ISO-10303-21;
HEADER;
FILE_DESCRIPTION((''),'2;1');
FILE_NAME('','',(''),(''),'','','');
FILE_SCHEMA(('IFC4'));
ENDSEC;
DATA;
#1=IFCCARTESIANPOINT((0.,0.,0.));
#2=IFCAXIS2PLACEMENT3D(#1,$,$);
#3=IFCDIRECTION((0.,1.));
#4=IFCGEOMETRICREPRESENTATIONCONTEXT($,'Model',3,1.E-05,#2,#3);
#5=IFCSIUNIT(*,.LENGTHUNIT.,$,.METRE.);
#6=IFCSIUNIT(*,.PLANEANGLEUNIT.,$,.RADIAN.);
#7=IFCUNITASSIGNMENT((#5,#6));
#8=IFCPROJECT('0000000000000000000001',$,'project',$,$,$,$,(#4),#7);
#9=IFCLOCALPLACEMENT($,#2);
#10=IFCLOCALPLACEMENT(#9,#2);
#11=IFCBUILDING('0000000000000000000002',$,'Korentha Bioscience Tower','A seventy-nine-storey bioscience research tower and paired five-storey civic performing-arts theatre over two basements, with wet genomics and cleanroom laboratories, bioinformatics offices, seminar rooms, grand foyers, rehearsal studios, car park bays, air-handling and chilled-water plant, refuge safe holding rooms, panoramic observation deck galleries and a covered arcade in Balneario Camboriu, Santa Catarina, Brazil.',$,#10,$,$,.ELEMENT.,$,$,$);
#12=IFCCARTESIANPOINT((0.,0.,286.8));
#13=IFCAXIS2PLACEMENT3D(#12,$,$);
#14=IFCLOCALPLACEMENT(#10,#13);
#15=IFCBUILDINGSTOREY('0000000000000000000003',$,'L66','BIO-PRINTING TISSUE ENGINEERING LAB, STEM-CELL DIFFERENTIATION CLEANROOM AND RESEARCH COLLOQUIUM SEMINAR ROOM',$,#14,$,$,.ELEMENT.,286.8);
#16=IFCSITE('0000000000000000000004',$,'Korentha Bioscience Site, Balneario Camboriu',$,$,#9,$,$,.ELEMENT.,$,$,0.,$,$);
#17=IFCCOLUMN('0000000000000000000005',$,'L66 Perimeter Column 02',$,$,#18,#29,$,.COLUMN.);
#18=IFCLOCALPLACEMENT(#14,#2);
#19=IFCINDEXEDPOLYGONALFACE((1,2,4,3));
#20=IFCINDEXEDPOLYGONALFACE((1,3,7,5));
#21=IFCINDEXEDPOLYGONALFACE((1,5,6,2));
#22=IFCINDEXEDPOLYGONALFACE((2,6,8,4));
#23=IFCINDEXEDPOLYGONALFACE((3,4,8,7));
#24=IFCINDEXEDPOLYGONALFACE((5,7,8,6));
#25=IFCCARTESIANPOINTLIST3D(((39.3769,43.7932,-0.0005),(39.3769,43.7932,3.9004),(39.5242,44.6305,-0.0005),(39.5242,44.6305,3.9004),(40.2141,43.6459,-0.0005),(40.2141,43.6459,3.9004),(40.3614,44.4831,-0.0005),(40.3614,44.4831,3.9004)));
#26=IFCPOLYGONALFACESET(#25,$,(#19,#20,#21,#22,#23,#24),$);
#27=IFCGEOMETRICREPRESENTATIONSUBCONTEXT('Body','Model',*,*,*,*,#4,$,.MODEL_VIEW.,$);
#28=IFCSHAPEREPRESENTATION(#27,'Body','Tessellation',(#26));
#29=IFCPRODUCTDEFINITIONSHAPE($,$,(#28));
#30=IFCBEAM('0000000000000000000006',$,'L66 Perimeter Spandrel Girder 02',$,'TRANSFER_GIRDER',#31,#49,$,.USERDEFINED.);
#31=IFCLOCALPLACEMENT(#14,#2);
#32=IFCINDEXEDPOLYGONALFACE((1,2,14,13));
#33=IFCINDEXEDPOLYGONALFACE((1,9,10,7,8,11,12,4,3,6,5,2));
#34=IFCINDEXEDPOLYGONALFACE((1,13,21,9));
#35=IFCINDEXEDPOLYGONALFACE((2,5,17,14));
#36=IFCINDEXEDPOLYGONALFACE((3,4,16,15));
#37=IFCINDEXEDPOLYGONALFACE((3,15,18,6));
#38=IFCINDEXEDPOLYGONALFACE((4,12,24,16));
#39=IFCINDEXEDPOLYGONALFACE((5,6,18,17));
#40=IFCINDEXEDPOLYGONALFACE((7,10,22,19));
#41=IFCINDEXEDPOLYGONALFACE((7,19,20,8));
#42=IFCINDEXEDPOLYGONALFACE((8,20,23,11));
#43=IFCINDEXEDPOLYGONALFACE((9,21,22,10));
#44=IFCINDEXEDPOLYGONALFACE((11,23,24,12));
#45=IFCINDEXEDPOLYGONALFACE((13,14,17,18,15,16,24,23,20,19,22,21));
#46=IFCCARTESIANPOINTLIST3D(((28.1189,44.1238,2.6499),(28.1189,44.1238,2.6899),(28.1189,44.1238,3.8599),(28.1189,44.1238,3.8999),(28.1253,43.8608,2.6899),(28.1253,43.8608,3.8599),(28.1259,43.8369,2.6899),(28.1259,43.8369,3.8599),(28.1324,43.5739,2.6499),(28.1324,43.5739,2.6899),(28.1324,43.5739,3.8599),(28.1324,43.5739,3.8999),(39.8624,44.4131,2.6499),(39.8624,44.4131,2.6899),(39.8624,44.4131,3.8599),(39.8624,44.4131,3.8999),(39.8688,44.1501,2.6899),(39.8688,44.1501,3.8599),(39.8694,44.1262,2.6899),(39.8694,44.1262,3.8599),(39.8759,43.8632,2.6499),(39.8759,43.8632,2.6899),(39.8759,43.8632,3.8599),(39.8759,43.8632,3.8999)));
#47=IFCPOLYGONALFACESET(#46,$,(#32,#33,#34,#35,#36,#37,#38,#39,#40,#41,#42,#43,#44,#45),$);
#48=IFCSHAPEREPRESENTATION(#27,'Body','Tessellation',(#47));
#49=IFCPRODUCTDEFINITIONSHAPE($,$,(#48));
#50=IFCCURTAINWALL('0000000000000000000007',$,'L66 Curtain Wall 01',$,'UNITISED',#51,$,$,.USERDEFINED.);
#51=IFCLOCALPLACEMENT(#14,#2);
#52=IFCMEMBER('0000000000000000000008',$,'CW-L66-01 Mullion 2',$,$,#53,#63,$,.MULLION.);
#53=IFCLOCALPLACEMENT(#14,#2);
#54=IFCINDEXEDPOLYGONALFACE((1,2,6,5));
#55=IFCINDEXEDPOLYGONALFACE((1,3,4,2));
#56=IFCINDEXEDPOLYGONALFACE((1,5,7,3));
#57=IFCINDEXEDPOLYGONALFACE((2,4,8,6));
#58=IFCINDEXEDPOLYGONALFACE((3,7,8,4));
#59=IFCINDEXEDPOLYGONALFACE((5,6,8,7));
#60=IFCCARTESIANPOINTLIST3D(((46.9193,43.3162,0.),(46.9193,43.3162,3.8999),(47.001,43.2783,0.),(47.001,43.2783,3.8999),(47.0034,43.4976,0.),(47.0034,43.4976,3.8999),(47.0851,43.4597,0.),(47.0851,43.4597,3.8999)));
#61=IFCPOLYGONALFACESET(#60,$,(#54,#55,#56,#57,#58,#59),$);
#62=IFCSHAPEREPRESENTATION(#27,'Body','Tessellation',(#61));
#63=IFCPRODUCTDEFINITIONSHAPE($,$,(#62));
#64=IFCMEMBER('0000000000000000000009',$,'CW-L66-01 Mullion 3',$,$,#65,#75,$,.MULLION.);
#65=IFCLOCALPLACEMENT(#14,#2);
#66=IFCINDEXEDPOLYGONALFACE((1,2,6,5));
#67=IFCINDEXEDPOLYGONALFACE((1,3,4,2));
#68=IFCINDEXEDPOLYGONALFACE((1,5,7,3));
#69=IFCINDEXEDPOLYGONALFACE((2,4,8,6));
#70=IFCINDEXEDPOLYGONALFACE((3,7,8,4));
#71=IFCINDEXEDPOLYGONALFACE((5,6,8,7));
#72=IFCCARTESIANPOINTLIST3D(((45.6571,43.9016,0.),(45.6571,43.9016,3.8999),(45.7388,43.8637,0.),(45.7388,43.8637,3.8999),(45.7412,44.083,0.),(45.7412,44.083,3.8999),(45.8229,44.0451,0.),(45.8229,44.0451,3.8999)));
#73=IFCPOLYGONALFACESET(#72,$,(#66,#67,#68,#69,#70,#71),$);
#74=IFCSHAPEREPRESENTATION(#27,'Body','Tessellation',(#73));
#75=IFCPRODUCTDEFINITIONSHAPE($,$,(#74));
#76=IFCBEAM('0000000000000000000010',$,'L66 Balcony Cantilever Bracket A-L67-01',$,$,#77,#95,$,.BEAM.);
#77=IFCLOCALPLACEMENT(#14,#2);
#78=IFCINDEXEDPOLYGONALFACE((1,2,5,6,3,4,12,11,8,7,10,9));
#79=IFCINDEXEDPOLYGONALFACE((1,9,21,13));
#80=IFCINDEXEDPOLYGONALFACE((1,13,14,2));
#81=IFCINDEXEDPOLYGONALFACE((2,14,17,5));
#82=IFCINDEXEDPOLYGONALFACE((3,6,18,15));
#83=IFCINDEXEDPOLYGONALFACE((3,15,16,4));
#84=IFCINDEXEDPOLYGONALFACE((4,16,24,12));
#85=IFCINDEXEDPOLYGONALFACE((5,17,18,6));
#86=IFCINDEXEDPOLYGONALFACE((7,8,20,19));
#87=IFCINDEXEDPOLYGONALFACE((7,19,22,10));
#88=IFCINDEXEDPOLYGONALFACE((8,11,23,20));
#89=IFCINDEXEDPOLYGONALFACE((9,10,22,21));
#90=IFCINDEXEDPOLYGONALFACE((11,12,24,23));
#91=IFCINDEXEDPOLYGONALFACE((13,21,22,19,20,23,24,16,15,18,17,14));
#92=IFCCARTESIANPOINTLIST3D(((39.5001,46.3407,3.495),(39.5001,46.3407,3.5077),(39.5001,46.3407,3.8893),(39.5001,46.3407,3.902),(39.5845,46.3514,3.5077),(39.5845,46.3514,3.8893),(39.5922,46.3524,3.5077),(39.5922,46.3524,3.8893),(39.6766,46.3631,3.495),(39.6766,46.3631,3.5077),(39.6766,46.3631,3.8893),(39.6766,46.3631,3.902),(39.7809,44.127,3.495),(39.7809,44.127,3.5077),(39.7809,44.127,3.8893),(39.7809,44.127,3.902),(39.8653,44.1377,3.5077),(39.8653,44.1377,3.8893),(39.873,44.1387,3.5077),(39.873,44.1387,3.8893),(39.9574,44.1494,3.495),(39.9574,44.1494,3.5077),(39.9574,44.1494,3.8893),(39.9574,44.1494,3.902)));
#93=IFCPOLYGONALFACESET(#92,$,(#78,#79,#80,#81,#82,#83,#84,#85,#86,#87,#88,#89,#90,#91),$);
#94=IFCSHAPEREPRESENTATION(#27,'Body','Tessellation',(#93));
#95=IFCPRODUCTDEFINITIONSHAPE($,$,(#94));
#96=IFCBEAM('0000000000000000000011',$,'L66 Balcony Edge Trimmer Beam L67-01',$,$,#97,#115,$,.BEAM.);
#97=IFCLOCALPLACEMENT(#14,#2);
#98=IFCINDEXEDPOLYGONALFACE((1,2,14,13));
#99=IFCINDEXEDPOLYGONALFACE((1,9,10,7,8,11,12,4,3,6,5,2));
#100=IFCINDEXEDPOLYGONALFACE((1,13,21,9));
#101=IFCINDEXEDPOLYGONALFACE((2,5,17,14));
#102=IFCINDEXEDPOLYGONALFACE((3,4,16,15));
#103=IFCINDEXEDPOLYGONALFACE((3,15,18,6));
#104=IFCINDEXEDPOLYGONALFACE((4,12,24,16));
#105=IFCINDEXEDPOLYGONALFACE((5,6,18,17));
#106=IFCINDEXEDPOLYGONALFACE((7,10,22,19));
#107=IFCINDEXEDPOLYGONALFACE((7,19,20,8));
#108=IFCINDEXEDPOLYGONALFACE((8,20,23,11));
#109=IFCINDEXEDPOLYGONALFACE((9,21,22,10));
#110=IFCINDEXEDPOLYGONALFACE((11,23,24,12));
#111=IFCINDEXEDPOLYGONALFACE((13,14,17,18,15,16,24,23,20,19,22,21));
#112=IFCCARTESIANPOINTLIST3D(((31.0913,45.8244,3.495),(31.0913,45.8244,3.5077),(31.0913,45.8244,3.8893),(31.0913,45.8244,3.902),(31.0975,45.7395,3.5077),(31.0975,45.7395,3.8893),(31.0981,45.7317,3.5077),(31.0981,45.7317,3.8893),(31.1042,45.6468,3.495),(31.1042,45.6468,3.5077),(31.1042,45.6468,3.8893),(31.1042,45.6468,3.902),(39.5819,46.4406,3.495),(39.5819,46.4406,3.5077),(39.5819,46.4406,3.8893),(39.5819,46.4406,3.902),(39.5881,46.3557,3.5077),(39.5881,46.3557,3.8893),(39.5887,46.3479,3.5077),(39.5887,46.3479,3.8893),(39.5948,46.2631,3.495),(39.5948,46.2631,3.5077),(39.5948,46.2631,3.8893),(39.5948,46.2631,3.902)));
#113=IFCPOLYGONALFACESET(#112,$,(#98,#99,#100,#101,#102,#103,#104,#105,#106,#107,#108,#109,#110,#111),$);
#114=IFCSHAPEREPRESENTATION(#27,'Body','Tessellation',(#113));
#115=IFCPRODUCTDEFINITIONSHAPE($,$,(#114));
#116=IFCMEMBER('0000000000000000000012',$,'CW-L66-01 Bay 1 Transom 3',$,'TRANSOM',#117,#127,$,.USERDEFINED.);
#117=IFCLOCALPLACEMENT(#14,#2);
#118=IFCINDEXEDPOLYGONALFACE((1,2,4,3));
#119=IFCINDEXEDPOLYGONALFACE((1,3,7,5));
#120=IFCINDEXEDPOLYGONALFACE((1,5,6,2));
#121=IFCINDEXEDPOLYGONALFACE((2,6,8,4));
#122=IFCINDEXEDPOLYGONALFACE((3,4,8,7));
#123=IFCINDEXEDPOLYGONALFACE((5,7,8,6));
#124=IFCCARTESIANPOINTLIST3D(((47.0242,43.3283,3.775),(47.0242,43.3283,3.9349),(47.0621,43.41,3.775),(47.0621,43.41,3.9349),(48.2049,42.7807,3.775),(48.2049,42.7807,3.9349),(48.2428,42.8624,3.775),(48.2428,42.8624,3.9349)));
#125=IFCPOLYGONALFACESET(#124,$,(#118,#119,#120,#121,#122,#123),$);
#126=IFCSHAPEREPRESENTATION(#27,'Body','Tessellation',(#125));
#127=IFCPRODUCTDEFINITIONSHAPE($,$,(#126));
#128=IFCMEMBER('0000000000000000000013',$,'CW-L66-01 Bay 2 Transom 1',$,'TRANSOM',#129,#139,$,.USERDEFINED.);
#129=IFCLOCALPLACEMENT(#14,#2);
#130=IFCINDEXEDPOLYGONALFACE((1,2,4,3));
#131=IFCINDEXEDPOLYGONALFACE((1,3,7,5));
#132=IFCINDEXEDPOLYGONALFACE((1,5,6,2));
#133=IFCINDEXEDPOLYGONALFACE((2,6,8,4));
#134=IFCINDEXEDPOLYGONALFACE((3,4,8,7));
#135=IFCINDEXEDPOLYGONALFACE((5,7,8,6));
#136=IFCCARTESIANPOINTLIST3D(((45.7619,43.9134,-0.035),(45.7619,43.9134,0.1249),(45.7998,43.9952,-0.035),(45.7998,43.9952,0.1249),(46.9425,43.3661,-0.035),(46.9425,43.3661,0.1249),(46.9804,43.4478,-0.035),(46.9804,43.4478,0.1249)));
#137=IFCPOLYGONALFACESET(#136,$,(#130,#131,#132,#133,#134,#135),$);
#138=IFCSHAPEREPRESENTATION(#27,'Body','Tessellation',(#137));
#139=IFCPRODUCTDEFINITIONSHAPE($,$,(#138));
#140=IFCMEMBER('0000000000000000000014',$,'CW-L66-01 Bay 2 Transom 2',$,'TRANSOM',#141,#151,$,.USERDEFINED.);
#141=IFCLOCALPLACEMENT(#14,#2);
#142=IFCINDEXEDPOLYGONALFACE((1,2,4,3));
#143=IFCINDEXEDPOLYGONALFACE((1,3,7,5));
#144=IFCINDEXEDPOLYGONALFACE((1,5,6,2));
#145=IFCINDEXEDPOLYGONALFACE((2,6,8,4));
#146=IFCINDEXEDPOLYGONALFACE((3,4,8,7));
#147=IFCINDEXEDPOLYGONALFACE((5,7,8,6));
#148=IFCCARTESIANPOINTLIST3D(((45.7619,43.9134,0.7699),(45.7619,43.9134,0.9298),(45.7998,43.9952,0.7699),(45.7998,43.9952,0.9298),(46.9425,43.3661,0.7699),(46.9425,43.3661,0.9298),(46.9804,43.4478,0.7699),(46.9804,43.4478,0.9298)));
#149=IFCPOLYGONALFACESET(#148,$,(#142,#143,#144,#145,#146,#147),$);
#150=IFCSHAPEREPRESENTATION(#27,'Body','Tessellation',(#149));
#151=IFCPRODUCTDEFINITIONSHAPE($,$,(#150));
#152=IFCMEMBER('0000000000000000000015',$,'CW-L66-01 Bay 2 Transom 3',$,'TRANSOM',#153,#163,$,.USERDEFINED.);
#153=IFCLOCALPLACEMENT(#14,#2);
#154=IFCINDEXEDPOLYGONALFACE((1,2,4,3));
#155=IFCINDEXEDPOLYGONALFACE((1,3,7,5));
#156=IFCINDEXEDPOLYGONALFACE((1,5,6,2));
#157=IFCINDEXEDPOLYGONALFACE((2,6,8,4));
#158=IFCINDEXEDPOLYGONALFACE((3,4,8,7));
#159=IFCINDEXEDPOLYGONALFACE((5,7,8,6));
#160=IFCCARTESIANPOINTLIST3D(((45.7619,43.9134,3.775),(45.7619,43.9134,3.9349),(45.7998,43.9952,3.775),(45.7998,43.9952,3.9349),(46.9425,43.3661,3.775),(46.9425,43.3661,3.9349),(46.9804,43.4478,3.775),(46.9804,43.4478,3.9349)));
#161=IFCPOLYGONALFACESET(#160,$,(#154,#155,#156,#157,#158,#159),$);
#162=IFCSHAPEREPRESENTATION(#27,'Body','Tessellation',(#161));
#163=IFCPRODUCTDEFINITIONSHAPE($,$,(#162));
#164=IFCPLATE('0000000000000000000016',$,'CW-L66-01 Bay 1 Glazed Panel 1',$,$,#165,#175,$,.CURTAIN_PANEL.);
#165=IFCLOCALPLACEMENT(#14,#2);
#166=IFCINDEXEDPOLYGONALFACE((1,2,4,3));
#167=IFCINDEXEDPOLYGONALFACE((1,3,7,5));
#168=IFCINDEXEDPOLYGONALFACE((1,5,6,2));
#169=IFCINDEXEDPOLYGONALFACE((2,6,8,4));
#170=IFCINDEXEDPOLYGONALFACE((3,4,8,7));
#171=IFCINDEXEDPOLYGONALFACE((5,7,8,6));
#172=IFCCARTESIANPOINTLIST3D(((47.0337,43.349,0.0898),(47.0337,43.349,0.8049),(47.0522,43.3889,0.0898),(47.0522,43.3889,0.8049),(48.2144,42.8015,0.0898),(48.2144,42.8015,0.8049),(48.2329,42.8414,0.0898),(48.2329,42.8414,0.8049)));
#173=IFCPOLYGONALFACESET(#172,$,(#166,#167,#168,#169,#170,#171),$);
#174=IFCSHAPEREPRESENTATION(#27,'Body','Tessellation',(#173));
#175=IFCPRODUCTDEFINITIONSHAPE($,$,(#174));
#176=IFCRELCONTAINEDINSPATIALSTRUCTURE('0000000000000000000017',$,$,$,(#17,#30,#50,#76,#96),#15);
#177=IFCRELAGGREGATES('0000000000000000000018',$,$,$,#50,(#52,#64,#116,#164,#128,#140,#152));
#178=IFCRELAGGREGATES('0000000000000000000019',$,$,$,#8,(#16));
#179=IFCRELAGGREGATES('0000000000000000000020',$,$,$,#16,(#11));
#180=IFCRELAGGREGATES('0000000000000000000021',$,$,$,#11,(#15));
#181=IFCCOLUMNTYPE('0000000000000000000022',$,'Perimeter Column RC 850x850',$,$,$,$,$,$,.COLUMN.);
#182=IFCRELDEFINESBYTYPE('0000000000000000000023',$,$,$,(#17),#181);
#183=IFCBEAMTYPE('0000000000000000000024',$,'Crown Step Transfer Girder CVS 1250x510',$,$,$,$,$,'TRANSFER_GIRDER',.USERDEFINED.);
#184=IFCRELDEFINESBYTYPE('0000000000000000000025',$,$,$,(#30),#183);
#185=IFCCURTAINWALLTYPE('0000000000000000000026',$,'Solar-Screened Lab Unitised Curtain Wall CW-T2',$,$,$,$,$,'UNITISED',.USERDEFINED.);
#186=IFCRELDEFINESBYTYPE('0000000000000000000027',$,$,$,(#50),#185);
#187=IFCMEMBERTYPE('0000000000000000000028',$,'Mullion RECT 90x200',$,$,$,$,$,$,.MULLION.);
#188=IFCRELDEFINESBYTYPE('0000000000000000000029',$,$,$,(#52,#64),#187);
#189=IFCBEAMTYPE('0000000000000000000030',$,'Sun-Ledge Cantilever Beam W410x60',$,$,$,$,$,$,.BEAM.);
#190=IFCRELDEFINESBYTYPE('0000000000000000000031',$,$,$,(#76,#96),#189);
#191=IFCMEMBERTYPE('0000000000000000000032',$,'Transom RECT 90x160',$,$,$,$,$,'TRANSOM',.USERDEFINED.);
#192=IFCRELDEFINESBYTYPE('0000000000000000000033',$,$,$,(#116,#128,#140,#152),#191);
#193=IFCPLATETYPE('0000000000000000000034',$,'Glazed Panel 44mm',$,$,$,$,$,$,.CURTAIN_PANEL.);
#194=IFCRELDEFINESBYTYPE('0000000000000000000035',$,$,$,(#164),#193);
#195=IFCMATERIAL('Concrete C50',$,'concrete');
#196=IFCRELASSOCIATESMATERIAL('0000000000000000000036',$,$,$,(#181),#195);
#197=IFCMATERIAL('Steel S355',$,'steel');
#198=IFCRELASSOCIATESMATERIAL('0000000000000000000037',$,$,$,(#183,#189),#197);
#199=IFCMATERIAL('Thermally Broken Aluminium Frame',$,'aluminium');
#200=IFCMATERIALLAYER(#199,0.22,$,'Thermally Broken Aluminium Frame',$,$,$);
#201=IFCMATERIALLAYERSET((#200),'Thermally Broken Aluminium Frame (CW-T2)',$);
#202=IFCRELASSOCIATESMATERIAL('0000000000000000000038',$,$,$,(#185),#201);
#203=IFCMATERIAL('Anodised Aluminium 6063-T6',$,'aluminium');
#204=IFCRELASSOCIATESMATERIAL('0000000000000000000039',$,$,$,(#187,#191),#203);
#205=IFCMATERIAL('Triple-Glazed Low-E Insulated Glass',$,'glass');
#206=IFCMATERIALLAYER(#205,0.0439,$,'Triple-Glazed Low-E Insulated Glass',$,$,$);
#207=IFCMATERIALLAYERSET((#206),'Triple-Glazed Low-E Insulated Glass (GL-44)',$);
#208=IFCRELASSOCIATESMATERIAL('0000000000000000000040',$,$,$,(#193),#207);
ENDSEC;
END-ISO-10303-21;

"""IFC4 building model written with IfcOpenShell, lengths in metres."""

from ifc_helpers import new_model, si_unit, direction, frame, origin, origin_2d, place, context, subcontext, project, spatial, rectangle, i_section, extrude, material, layer, layer_set, material_profile, profile_set, type_object, element, aggregate, save


model = new_model("IFC4")

# Units and contexts
model_context = context("Model", 3, precision=1e-05, world=origin(), true_north=direction((0.0, 1.0)))
body_context = subcontext(model_context, "Body", "Model", "MODEL_VIEW")
ifc_project = project(units=[si_unit("LENGTHUNIT", "METRE"), si_unit("PLANEANGLEUNIT", "RADIAN")], contexts=[model_context])

# Site, building, storey
site_placement = place(None, origin())
site = spatial("IfcSite", under=ifc_project, at=site_placement, Name="Korentha Bioscience Site, Balneario Camboriu", CompositionType="ELEMENT", RefElevation=0.0)
building_placement = place(site_placement, origin())
building = spatial("IfcBuilding", under=site, at=building_placement, Name="Korentha Bioscience Tower", Description="A seventy-nine-storey bioscience research tower and paired five-storey civic performing-arts theatre over two basements, with wet genomics and cleanroom laboratories, bioinformatics offices, seminar rooms, grand foyers, rehearsal studios, car park bays, air-handling and chilled-water plant, refuge safe holding rooms, panoramic observation deck galleries and a covered arcade in Balneario Camboriu, Santa Catarina, Brazil.", CompositionType="ELEMENT")
storey_placement = place(building_placement, frame((0.0, 0.0, 286.8)))
storey = spatial("IfcBuildingStorey", under=building, at=storey_placement, Name="L66", Description="BIO-PRINTING TISSUE ENGINEERING LAB, STEM-CELL DIFFERENTIATION CLEANROOM AND RESEARCH COLLOQUIUM SEMINAR ROOM", CompositionType="ELEMENT", Elevation=286.8)

# Column
ifc_material_1 = material(Name="Concrete C50", Category="concrete")
ifc_material_profile_1 = material_profile(ifc_material_1, rectangle(XDim=0.8501, YDim=0.8501, at=origin_2d()), Name="Concrete C50")
ifc_profile_set_1 = profile_set([ifc_material_profile_1], Name="Concrete C50 (COL-P08)")
column_type = type_object("IfcColumnType", Name="Perimeter Column RC 850x850", PredefinedType="COLUMN", material=ifc_profile_set_1)
column_placement = place(storey_placement, frame((39.8691, 44.1382, -0.0005), z_axis=(0.0, 0.0, 1.0), x_axis=(-0.984868, 0.173304, 0.0)))
element("IfcColumn", 1, at=column_placement, inside=storey, type_object=column_type, Name="L66 Perimeter Column 02", PredefinedType="COLUMN", context=body_context, shape_type="SweptSolid", body=[
    extrude(rectangle(XDim=0.8501, YDim=0.8501, at=origin_2d()), origin(), (0.0, 0.0, 1.0), 3.9009),
])

# Beam
ifc_material_2 = material(Name="Steel S355", Category="steel")
ifc_material_profile_2 = material_profile(ifc_material_2, i_section(OverallWidth=0.55, OverallDepth=1.25, WebThickness=0.0239, FlangeThickness=0.04, at=origin_2d()), Name="Steel S355")
ifc_profile_set_2 = profile_set([ifc_material_profile_2], Name="Steel S355 (TG-03)")
beam_type_1 = type_object("IfcBeamType", Name="Crown Step Transfer Girder CVS 1250x510", ElementType="TRANSFER_GIRDER", PredefinedType="USERDEFINED", material=ifc_profile_set_2)
beam_1_placement = place(storey_placement, frame((39.8691, 44.1382, 3.2749), z_axis=(-0.999697, -0.024628, 0.0), x_axis=(0.024628, -0.999697, 0.0)))
element("IfcBeam", 2, at=beam_1_placement, inside=storey, type_object=beam_type_1, Name="L66 Perimeter Spandrel Girder 02", ObjectType="TRANSFER_GIRDER", PredefinedType="USERDEFINED", context=body_context, shape_type="SweptSolid", body=[
    extrude(i_section(OverallWidth=0.55, OverallDepth=1.25, WebThickness=0.0239, FlangeThickness=0.04, at=origin_2d()), origin(), (0.0, 0.0, 1.0), 11.7471),
])

# Curtain wall, members
ifc_material_3 = material(Name="Thermally Broken Aluminium Frame", Category="aluminium")
ifc_layer_1 = layer(ifc_material_3, 0.22, Name="Thermally Broken Aluminium Frame")
ifc_layer_set_1 = layer_set([ifc_layer_1], Name="Thermally Broken Aluminium Frame (CW-T2)")
curtain_wall_type = type_object("IfcCurtainWallType", Name="Solar-Screened Lab Unitised Curtain Wall CW-T2", ElementType="UNITISED", PredefinedType="USERDEFINED", material=ifc_layer_set_1)
curtain_wall_placement = place(storey_placement, origin())
curtain_wall = element("IfcCurtainWall", 3, at=curtain_wall_placement, inside=storey, type_object=curtain_wall_type, Name="L66 Curtain Wall 01", ObjectType="UNITISED", PredefinedType="USERDEFINED")
ifc_material_4 = material(Name="Anodised Aluminium 6063-T6", Category="aluminium")
ifc_material_profile_3 = material_profile(ifc_material_4, rectangle(XDim=0.0901, YDim=0.2, at=origin_2d()), Name="Anodised Aluminium 6063-T6")
ifc_profile_set_3 = profile_set([ifc_material_profile_3], Name="Anodised Aluminium 6063-T6 (CW-MUL)")
member_type_1 = type_object("IfcMemberType", Name="Mullion RECT 90x200", PredefinedType="MULLION", material=ifc_profile_set_3)
member_1_placement = place(storey_placement, frame((47.0022, 43.3879, 0.0), z_axis=(0.0, 0.0, 1.0), x_axis=(-0.907204, 0.420691, 0.0)))
member_1 = element("IfcMember", 4, at=member_1_placement, type_object=member_type_1, Name="CW-L66-01 Mullion 2", PredefinedType="MULLION", context=body_context, shape_type="SweptSolid", body=[
    extrude(rectangle(XDim=0.0901, YDim=0.2, at=origin_2d()), origin(), (0.0, 0.0, 1.0), 3.8999),
])
member_2_placement = place(storey_placement, frame((45.74, 43.9734, 0.0), z_axis=(0.0, 0.0, 1.0), x_axis=(-0.907204, 0.420691, 0.0)))
member_2 = element("IfcMember", 5, at=member_2_placement, type_object=member_type_1, Name="CW-L66-01 Mullion 3", PredefinedType="MULLION", context=body_context, shape_type="SweptSolid", body=[
    extrude(rectangle(XDim=0.0901, YDim=0.2, at=origin_2d()), origin(), (0.0, 0.0, 1.0), 3.8999),
])

# Beams
ifc_material_profile_4 = material_profile(ifc_material_2, i_section(OverallWidth=0.178, OverallDepth=0.407, WebThickness=0.0078, FlangeThickness=0.0127, at=origin_2d()), Name="Steel S355")
ifc_profile_set_4 = profile_set([ifc_material_profile_4], Name="Steel S355 (CB-410)")
beam_type_2 = type_object("IfcBeamType", Name="Sun-Ledge Cantilever Beam W410x60", PredefinedType="BEAM", material=ifc_profile_set_4)
beam_2_placement = place(storey_placement, frame((39.8691, 44.1382, 3.6985), z_axis=(-0.125826, 0.992052, 0.0), x_axis=(-0.992052, -0.125826, 0.0)))
element("IfcBeam", 6, at=beam_2_placement, inside=storey, type_object=beam_type_2, Name="L66 Balcony Cantilever Bracket A-L67-01", PredefinedType="BEAM", context=body_context, shape_type="SweptSolid", body=[
    extrude(i_section(OverallWidth=0.178, OverallDepth=0.407, WebThickness=0.0078, FlangeThickness=0.0127, at=origin_2d()), origin(), (0.0, 0.0, 1.0), 2.2314),
])
beam_3_placement = place(storey_placement, frame((39.5884, 46.3518, 3.6985), z_axis=(-0.997377, -0.072384, 0.0), x_axis=(0.072384, -0.997377, 0.0)))
element("IfcBeam", 7, at=beam_3_placement, inside=storey, type_object=beam_type_2, Name="L66 Balcony Edge Trimmer Beam L67-01", PredefinedType="BEAM", context=body_context, shape_type="SweptSolid", body=[
    extrude(i_section(OverallWidth=0.178, OverallDepth=0.407, WebThickness=0.0078, FlangeThickness=0.0127, at=origin_2d()), origin(), (0.0, 0.0, 1.0), 8.5129),
])

# Members
ifc_material_profile_5 = material_profile(ifc_material_4, rectangle(XDim=0.0901, YDim=0.1599, at=origin_2d()), Name="Anodised Aluminium 6063-T6")
ifc_profile_set_5 = profile_set([ifc_material_profile_5], Name="Anodised Aluminium 6063-T6 (CW-TRN)")
member_type_2 = type_object("IfcMemberType", Name="Transom RECT 90x160", ElementType="TRANSOM", PredefinedType="USERDEFINED", material=ifc_profile_set_5)
member_3_placement = place(storey_placement, frame((48.2239, 42.8215, 3.855), z_axis=(-0.907173, 0.420759, 0.0), x_axis=(-0.420759, -0.907173, 0.0)))
member_3 = element("IfcMember", 8, at=member_3_placement, type_object=member_type_2, Name="CW-L66-01 Bay 1 Transom 3", ObjectType="TRANSOM", PredefinedType="USERDEFINED", context=body_context, shape_type="SweptSolid", body=[
    extrude(rectangle(XDim=0.0901, YDim=0.1599, at=origin_2d()), origin(), (0.0, 0.0, 1.0), 1.3015),
])
member_4_placement = place(storey_placement, frame((46.9614, 43.407, 0.0449), z_axis=(-0.907244, 0.420604, 0.0), x_axis=(-0.420604, -0.907244, 0.0)))
member_4 = element("IfcMember", 9, at=member_4_placement, type_object=member_type_2, Name="CW-L66-01 Bay 2 Transom 1", ObjectType="TRANSOM", PredefinedType="USERDEFINED", context=body_context, shape_type="SweptSolid", body=[
    extrude(rectangle(XDim=0.0901, YDim=0.1599, at=origin_2d()), origin(), (0.0, 0.0, 1.0), 1.3013),
])
member_5_placement = place(storey_placement, frame((46.9614, 43.407, 0.8499), z_axis=(-0.907244, 0.420604, 0.0), x_axis=(-0.420604, -0.907244, 0.0)))
member_5 = element("IfcMember", 10, at=member_5_placement, type_object=member_type_2, Name="CW-L66-01 Bay 2 Transom 2", ObjectType="TRANSOM", PredefinedType="USERDEFINED", context=body_context, shape_type="SweptSolid", body=[
    extrude(rectangle(XDim=0.0901, YDim=0.1599, at=origin_2d()), origin(), (0.0, 0.0, 1.0), 1.3013),
])
member_6_placement = place(storey_placement, frame((46.9614, 43.407, 3.855), z_axis=(-0.907244, 0.420604, 0.0), x_axis=(-0.420604, -0.907244, 0.0)))
member_6 = element("IfcMember", 11, at=member_6_placement, type_object=member_type_2, Name="CW-L66-01 Bay 2 Transom 3", ObjectType="TRANSOM", PredefinedType="USERDEFINED", context=body_context, shape_type="SweptSolid", body=[
    extrude(rectangle(XDim=0.0901, YDim=0.1599, at=origin_2d()), origin(), (0.0, 0.0, 1.0), 1.3013),
])

# Plate
ifc_material_5 = material(Name="Triple-Glazed Low-E Insulated Glass", Category="glass")
ifc_layer_2 = layer(ifc_material_5, 0.0439, Name="Triple-Glazed Low-E Insulated Glass")
ifc_layer_set_2 = layer_set([ifc_layer_2], Name="Triple-Glazed Low-E Insulated Glass (GL-44)")
plate_type = type_object("IfcPlateType", Name="Glazed Panel 44mm", PredefinedType="CURTAIN_PANEL", material=ifc_layer_set_2)
plate_1_placement = place(storey_placement, frame((47.6333, 43.0952, 0.0898), z_axis=(0.0, 0.0, 1.0), x_axis=(-0.907204, 0.420691, 0.0)))
plate_1 = element("IfcPlate", 12, at=plate_1_placement, type_object=plate_type, Name="CW-L66-01 Bay 1 Glazed Panel 1", PredefinedType="CURTAIN_PANEL", context=body_context, shape_type="SweptSolid", body=[
    extrude(rectangle(XDim=1.3015, YDim=0.0439, at=origin_2d()), origin(), (0.0, 0.0, 1.0), 0.7151),
])
aggregate(curtain_wall, [member_1, member_2, member_3, plate_1, member_4, member_5, member_6])

save(model, "model.ifc")
